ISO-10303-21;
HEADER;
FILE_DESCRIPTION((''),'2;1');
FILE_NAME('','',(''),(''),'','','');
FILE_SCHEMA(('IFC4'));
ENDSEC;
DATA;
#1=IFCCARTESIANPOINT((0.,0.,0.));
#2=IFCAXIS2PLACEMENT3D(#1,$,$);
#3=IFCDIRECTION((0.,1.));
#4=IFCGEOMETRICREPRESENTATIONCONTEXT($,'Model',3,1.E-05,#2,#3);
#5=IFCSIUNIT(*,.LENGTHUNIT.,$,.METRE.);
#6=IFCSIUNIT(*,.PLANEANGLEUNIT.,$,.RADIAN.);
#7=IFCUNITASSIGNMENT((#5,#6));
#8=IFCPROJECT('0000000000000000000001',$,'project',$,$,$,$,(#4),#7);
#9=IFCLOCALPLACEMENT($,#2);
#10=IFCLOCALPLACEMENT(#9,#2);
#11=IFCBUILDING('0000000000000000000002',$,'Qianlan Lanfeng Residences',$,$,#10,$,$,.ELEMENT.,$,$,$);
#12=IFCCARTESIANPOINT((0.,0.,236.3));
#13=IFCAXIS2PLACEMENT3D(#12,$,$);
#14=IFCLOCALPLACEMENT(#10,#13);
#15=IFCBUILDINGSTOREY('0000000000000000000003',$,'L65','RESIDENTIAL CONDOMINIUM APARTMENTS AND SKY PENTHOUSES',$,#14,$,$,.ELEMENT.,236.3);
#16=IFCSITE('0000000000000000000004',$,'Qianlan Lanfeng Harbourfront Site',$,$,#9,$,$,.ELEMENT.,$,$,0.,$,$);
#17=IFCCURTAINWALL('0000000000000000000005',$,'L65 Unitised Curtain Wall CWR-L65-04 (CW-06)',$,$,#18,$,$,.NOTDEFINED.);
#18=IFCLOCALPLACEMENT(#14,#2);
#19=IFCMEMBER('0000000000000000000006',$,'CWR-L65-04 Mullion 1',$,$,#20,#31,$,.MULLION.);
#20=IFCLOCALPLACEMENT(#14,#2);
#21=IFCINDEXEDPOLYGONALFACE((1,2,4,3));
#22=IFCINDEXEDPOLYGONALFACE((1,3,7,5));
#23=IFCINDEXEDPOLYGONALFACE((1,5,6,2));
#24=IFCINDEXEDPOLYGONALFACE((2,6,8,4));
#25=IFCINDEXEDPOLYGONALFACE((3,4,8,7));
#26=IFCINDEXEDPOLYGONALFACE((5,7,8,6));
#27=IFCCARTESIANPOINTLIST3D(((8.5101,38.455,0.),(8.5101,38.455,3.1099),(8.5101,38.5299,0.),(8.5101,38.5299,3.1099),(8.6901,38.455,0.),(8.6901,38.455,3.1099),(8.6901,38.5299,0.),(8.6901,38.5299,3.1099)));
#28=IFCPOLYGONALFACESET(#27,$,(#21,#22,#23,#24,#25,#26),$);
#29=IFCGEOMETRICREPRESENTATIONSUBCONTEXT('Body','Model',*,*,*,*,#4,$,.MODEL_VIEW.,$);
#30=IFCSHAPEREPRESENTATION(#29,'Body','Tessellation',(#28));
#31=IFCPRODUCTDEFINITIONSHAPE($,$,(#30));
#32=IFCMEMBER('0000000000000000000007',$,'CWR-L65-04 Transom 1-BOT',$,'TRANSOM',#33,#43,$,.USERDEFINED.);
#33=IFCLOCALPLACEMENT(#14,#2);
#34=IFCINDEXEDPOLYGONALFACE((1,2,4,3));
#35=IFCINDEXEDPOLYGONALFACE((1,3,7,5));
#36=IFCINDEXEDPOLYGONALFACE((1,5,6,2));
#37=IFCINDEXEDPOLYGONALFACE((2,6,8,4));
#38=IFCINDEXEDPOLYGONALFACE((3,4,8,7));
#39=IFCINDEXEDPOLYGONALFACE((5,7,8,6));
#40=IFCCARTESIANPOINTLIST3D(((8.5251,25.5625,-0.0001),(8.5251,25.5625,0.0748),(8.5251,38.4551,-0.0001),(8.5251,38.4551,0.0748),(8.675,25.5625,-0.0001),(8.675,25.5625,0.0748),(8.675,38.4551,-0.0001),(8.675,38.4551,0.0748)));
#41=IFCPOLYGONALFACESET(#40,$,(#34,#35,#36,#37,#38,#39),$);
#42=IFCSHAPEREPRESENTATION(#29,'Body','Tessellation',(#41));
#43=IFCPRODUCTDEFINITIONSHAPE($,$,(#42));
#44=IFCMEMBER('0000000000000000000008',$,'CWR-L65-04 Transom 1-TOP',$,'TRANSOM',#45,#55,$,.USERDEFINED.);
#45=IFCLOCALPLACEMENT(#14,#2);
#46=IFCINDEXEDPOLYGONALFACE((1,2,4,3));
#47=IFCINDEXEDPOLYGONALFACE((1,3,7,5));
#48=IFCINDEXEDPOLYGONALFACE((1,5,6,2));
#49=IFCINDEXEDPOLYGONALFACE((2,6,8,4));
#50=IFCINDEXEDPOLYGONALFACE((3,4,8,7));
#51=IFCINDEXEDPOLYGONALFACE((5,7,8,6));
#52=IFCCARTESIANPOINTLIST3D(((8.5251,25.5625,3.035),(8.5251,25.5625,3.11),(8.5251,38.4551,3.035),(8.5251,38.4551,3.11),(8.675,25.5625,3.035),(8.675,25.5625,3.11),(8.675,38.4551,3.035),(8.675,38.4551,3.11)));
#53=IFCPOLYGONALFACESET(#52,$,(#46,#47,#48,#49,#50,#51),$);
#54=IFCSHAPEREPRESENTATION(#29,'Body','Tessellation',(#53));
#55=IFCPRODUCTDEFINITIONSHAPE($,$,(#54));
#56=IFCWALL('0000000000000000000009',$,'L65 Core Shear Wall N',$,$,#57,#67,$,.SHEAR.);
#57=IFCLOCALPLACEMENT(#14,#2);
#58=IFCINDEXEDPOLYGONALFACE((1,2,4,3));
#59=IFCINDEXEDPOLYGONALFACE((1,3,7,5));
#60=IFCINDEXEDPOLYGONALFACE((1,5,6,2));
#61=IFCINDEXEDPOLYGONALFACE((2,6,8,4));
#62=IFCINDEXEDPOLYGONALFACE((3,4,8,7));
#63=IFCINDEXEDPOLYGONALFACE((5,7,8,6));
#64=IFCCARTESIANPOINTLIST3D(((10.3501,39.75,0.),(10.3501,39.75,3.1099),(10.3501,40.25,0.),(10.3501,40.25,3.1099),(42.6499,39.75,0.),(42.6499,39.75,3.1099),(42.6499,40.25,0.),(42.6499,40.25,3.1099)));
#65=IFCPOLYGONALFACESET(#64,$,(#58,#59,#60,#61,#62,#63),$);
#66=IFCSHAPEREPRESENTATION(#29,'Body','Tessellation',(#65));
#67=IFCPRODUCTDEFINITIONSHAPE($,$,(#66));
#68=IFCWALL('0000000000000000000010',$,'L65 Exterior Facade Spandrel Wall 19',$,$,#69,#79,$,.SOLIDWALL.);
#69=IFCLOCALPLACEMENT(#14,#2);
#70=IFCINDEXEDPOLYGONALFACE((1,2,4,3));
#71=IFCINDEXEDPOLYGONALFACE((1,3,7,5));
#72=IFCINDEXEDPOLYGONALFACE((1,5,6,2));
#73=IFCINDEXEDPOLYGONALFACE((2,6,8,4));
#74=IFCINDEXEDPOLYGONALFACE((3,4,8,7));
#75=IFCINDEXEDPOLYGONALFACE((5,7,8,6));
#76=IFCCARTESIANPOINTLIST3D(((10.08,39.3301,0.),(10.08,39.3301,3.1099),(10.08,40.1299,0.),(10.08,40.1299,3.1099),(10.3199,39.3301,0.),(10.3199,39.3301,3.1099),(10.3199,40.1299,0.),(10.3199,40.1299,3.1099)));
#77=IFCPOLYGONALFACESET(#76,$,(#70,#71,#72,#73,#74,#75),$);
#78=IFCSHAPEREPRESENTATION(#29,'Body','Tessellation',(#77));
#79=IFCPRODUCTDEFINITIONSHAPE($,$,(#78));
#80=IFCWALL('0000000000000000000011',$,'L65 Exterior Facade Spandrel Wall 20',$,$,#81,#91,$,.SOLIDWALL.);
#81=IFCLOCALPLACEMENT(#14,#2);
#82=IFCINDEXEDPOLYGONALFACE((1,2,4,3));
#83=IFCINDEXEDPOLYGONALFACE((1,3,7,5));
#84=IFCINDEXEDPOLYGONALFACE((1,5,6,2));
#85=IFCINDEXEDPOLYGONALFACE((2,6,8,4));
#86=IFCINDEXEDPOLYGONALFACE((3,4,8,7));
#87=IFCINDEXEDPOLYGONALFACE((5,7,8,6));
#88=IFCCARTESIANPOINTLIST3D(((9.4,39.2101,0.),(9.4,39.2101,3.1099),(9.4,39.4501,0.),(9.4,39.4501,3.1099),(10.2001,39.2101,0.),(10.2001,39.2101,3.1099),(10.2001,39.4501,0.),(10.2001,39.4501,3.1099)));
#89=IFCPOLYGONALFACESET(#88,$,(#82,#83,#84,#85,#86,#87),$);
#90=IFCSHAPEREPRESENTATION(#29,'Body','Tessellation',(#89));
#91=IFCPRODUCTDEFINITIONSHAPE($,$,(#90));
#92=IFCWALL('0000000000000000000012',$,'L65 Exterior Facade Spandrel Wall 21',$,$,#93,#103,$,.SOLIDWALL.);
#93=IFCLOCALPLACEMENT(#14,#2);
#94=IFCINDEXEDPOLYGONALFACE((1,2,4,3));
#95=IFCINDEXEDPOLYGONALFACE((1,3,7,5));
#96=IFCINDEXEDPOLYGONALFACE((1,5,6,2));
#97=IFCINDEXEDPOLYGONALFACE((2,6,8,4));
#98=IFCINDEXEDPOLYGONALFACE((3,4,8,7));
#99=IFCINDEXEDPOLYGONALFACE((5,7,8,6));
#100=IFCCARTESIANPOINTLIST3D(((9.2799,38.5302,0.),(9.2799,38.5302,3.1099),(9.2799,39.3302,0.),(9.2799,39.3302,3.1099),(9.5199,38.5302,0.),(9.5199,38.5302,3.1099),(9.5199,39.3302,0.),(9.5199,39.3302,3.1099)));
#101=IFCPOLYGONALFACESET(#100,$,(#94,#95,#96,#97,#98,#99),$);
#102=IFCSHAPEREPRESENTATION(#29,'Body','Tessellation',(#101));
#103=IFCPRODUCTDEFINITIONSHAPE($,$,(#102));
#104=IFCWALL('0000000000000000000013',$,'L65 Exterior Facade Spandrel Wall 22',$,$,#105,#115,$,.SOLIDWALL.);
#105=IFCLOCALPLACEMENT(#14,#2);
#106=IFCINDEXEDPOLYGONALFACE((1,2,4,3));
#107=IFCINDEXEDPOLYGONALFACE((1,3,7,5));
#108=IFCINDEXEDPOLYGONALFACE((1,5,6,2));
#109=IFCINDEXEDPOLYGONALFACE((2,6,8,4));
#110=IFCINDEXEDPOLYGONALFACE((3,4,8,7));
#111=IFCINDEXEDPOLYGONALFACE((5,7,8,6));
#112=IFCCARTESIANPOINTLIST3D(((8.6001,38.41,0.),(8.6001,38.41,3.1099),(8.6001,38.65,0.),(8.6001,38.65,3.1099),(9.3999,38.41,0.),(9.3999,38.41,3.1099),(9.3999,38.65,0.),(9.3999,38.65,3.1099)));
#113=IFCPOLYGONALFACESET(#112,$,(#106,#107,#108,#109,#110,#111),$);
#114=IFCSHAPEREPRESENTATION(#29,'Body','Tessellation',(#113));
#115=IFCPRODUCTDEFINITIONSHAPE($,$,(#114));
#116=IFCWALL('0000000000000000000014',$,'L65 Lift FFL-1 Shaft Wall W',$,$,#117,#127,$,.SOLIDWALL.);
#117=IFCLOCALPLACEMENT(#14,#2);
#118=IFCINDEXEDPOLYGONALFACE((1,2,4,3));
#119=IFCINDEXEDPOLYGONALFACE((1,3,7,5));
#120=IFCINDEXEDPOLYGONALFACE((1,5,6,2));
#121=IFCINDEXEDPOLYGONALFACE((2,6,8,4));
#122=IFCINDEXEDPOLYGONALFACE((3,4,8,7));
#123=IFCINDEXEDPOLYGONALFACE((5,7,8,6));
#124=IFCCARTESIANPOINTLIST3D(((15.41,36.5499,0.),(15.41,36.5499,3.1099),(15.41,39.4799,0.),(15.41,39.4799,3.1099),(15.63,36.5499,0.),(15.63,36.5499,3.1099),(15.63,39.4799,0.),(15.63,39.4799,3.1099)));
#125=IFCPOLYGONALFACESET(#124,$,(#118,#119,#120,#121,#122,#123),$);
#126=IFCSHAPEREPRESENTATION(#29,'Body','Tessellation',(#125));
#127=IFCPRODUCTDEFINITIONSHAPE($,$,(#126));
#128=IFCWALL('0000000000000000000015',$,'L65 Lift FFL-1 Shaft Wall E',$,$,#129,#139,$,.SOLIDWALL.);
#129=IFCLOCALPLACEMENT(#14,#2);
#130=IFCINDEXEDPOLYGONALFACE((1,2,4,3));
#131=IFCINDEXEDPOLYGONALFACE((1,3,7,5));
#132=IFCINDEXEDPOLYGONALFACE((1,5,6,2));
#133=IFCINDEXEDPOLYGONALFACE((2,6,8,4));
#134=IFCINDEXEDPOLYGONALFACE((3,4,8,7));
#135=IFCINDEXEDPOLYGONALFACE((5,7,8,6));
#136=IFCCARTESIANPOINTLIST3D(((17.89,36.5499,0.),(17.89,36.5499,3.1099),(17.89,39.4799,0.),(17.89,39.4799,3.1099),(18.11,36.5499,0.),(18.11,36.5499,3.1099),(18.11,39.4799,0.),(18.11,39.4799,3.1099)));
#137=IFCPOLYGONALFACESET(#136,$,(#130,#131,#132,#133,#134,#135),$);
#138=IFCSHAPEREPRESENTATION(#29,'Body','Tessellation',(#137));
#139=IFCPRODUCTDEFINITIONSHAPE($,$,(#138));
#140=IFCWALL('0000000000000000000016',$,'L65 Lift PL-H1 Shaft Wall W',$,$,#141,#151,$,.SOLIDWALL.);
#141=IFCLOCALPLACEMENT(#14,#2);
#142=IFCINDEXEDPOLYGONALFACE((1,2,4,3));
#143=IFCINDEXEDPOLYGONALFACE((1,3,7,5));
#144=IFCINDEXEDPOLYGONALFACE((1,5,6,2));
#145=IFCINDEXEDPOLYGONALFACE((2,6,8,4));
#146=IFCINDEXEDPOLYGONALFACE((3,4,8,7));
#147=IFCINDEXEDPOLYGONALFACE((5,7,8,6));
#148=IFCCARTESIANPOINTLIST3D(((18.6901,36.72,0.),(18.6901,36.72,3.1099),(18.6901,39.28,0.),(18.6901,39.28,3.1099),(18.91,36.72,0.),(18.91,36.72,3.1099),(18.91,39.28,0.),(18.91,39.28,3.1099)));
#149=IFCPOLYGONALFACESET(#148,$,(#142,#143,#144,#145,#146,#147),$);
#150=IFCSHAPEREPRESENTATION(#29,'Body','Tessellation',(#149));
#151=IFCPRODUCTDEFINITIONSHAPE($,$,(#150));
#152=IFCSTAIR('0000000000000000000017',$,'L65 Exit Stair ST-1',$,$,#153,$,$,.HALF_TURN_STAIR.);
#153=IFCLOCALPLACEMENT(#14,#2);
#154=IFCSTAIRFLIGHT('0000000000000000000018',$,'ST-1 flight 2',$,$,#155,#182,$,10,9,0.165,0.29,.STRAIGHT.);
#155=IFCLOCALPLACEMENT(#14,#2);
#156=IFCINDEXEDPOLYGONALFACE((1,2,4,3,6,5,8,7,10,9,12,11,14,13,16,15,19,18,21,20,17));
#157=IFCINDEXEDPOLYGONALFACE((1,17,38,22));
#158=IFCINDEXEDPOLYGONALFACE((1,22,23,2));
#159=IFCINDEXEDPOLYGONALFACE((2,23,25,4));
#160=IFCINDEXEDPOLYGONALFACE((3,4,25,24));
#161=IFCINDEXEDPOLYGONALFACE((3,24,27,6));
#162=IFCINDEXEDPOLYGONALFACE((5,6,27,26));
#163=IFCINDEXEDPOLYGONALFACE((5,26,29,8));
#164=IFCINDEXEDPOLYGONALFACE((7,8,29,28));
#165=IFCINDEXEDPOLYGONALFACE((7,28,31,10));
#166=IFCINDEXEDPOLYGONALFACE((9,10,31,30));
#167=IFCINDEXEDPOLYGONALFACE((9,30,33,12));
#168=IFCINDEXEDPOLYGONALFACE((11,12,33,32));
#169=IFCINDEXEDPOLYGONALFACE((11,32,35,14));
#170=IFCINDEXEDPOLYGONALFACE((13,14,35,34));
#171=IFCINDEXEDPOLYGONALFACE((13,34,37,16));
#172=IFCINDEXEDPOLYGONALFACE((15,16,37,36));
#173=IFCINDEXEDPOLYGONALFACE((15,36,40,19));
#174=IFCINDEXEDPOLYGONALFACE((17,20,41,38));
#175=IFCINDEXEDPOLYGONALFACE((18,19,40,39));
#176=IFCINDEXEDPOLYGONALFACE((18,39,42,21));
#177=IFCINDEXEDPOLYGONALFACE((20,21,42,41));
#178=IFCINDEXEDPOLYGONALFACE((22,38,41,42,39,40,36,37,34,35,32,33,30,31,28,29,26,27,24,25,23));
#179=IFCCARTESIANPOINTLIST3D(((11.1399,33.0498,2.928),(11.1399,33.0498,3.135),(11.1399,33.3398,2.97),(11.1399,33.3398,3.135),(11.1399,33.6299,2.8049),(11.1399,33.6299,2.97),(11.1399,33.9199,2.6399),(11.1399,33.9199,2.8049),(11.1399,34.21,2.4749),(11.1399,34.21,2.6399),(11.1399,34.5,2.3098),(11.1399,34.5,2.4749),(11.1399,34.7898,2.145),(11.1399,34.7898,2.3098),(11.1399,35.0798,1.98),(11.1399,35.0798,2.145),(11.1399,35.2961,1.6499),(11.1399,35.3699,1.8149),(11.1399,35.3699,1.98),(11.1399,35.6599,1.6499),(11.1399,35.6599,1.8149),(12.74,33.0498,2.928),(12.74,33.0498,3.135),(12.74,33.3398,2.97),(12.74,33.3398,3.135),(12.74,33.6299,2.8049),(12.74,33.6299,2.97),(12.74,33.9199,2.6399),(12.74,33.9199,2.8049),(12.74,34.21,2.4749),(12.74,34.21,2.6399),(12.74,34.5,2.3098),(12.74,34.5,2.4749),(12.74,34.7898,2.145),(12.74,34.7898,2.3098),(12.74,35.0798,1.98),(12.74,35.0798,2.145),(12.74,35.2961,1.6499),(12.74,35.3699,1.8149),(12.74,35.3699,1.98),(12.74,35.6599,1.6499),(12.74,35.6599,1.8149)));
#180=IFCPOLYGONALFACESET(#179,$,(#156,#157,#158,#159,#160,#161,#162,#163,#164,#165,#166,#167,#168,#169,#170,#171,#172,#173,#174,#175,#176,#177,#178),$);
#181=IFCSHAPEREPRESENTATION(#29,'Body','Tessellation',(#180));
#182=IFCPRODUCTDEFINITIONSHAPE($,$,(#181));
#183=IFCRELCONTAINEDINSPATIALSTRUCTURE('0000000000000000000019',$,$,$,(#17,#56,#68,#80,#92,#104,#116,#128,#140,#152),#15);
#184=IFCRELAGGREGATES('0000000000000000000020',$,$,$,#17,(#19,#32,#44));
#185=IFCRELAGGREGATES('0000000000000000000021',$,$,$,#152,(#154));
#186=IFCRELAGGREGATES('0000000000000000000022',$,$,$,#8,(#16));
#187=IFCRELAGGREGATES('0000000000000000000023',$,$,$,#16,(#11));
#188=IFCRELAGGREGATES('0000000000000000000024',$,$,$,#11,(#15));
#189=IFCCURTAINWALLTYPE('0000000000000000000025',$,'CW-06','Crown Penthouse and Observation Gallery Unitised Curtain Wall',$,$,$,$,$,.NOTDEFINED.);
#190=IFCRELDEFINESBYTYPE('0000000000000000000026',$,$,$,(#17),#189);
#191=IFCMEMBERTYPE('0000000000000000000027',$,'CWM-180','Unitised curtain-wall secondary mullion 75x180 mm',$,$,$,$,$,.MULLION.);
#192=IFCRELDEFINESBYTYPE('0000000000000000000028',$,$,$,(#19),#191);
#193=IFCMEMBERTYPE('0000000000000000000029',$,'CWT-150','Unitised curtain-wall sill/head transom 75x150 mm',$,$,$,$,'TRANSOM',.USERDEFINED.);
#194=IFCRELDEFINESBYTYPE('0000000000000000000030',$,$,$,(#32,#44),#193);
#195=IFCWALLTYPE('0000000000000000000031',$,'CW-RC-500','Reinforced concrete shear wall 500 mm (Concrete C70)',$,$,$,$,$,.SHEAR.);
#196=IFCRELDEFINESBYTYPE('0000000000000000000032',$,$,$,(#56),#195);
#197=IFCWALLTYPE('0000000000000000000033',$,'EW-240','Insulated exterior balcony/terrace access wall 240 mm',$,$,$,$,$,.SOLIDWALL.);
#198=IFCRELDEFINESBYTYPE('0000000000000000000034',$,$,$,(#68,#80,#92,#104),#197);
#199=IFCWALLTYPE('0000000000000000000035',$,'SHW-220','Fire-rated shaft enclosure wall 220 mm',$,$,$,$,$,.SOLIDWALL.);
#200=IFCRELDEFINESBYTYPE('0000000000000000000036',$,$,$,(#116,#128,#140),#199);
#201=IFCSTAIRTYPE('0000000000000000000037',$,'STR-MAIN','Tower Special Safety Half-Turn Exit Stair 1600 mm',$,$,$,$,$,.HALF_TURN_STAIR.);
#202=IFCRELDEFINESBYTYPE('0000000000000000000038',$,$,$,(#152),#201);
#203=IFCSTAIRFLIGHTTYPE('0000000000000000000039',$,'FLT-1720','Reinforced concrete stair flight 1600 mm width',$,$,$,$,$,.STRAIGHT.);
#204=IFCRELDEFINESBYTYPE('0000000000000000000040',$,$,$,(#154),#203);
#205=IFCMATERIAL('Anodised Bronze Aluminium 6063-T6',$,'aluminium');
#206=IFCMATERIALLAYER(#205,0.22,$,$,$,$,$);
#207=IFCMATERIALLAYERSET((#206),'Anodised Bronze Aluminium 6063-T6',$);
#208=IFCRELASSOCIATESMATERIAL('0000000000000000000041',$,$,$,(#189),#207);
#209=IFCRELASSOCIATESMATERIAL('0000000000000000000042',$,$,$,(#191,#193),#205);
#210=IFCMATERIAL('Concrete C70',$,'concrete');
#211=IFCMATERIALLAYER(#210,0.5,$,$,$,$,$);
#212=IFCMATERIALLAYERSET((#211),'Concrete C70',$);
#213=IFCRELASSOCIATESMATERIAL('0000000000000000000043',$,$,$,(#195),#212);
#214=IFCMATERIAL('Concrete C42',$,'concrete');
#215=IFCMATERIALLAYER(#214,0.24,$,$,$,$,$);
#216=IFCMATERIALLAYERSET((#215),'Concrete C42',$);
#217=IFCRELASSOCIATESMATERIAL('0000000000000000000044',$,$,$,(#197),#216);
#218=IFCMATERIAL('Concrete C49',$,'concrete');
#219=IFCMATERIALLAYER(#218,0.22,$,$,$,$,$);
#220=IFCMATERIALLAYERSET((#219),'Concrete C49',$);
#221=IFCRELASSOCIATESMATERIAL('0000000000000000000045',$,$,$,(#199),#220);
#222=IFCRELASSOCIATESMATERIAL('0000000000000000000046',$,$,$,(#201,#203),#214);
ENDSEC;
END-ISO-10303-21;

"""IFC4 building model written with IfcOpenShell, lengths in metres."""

from ifc_helpers import new_model, si_unit, direction, frame, frame_2d, origin, origin_2d, place, context, subcontext, project, spatial, polyline, rectangle, outline, extrude, source, transform, mapped, material, layer, layer_set, material_profile, profile_set, type_object, element, aggregate, save


model = new_model("IFC4")

# Units and contexts
model_context = context("Model", 3, precision=1e-05, world=origin(), true_north=direction((0.0, 1.0)))
body_context = subcontext(model_context, "Body", "Model", "MODEL_VIEW")
ifc_project = project(units=[si_unit("LENGTHUNIT", "METRE"), si_unit("PLANEANGLEUNIT", "RADIAN")], contexts=[model_context])

# Site, building, storey
site_placement = place(None, origin())
site = spatial("IfcSite", under=ifc_project, at=site_placement, Name="Qianlan Lanfeng Harbourfront Site", CompositionType="ELEMENT", RefElevation=0.0)
building_placement = place(site_placement, origin())
building = spatial("IfcBuilding", under=site, at=building_placement, Name="Qianlan Lanfeng Residences", CompositionType="ELEMENT")
storey_placement = place(building_placement, frame((0.0, 0.0, 236.3)))
storey = spatial("IfcBuildingStorey", under=building, at=storey_placement, Name="L65", Description="RESIDENTIAL CONDOMINIUM APARTMENTS AND SKY PENTHOUSES", CompositionType="ELEMENT", Elevation=236.3)

# Curtain wall, members
ifc_material_1 = material(Name="Anodised Bronze Aluminium 6063-T6", Category="aluminium")
ifc_layer_1 = layer(ifc_material_1, 0.22)
ifc_layer_set_1 = layer_set([ifc_layer_1], Name="Anodised Bronze Aluminium 6063-T6")
curtain_wall_type = type_object("IfcCurtainWallType", Name="CW-06", Description="Crown Penthouse and Observation Gallery Unitised Curtain Wall", PredefinedType="NOTDEFINED", material=ifc_layer_set_1)
curtain_wall_placement = place(storey_placement, origin())
curtain_wall = element("IfcCurtainWall", 1, at=curtain_wall_placement, inside=storey, type_object=curtain_wall_type, Name="L65 Unitised Curtain Wall CWR-L65-04 (CW-06)", PredefinedType="NOTDEFINED")
ifc_material_profile_1 = material_profile(ifc_material_1, rectangle(XDim=0.075, YDim=0.1799, at=origin_2d()), Name="ALU MULLION 75x180")
ifc_profile_set_1 = profile_set([ifc_material_profile_1], Name="Anodised Bronze Aluminium 6063-T6")
member_type_1 = type_object("IfcMemberType", Name="CWM-180", Description="Unitised curtain-wall secondary mullion 75x180 mm", PredefinedType="MULLION", material=ifc_profile_set_1)
shared_shape_1 = source(origin(), body_context, "Body", "SweptSolid", [
    extrude(rectangle(XDim=0.075, YDim=0.1799, at=origin_2d()), origin(), (0.0, 0.0, 1.0), 3.1099),
])
member_1_placement = place(storey_placement, frame((8.6001, 38.4924, 0.0), z_axis=(0.0, 0.0, 1.0), x_axis=(0.0, -1.0, 0.0)))
member_1 = element("IfcMember", 2, at=member_1_placement, type_object=member_type_1, Name="CWR-L65-04 Mullion 1", PredefinedType="MULLION", context=body_context, shape_type="MappedRepresentation", body=[
    mapped(shared_shape_1, transform((0.0, 0.0, 0.0), scale=1.0)),
])
ifc_material_profile_2 = material_profile(ifc_material_1, rectangle(XDim=0.075, YDim=0.1499, at=origin_2d()), Name="ALU TRANSOM 75x150")
ifc_profile_set_2 = profile_set([ifc_material_profile_2], Name="Anodised Bronze Aluminium 6063-T6")
member_type_2 = type_object("IfcMemberType", Name="CWT-150", Description="Unitised curtain-wall sill/head transom 75x150 mm", ElementType="TRANSOM", PredefinedType="USERDEFINED", material=ifc_profile_set_2)
shared_shape_2 = source(origin(), body_context, "Body", "SweptSolid", [
    extrude(rectangle(XDim=0.075, YDim=0.1499, at=origin_2d()), origin(), (0.0, 0.0, 1.0), 12.8926),
])
member_2_placement = place(storey_placement, frame((8.6001, 38.4551, 0.0374), z_axis=(0.0, -1.0, 0.0), x_axis=(0.0, 0.0, 1.0)))
member_2 = element("IfcMember", 3, at=member_2_placement, type_object=member_type_2, Name="CWR-L65-04 Transom 1-BOT", ObjectType="TRANSOM", PredefinedType="USERDEFINED", context=body_context, shape_type="MappedRepresentation", body=[
    mapped(shared_shape_2, transform((0.0, 0.0, 0.0), scale=1.0)),
])
member_3_placement = place(storey_placement, frame((8.6001, 38.4551, 3.0725), z_axis=(0.0, -1.0, 0.0), x_axis=(0.0, 0.0, 1.0)))
member_3 = element("IfcMember", 4, at=member_3_placement, type_object=member_type_2, Name="CWR-L65-04 Transom 1-TOP", ObjectType="TRANSOM", PredefinedType="USERDEFINED", context=body_context, shape_type="MappedRepresentation", body=[
    mapped(shared_shape_2, transform((0.0, 0.0, 0.0), scale=1.0)),
])
aggregate(curtain_wall, [member_1, member_2, member_3])

# Shared definitions
ifc_material_2 = material(Name="Concrete C49", Category="concrete")

# Walls
ifc_material_3 = material(Name="Concrete C70", Category="concrete")
ifc_layer_2 = layer(ifc_material_3, 0.5)
ifc_layer_set_2 = layer_set([ifc_layer_2], Name="Concrete C70")
wall_type_1 = type_object("IfcWallType", Name="CW-RC-500", Description="Reinforced concrete shear wall 500 mm (Concrete C70)", PredefinedType="SHEAR", material=ifc_layer_set_2)
wall_1_placement = place(storey_placement, frame((10.3501, 40.0, 0.0), z_axis=(0.0, 0.0, 1.0), x_axis=(1.0, 0.0, 0.0)))
element("IfcWall", 5, at=wall_1_placement, inside=storey, type_object=wall_type_1, Name="L65 Core Shear Wall N", PredefinedType="SHEAR", context=body_context, shape_type="SweptSolid", body=[
    extrude(rectangle(XDim=32.2998, YDim=0.5, at=frame_2d((16.1499, 0.0))), origin(), (0.0, 0.0, 1.0), 3.1099),
])
ifc_material_4 = material(Name="Concrete C42", Category="concrete")
ifc_layer_3 = layer(ifc_material_4, 0.24)
ifc_layer_set_3 = layer_set([ifc_layer_3], Name="Concrete C42")
wall_type_2 = type_object("IfcWallType", Name="EW-240", Description="Insulated exterior balcony/terrace access wall 240 mm", PredefinedType="SOLIDWALL", material=ifc_layer_set_3)
wall_2_placement = place(storey_placement, frame((10.2, 40.1299, 0.0), z_axis=(0.0, 0.0, 1.0), x_axis=(0.0, -1.0, 0.0)))
element("IfcWall", 6, at=wall_2_placement, inside=storey, type_object=wall_type_2, Name="L65 Exterior Facade Spandrel Wall 19", PredefinedType="SOLIDWALL", context=body_context, shape_type="SweptSolid", body=[
    extrude(rectangle(XDim=0.7998, YDim=0.24, at=frame_2d((0.3999, 0.0))), origin(), (0.0, 0.0, 1.0), 3.1099),
])
for number, where, z_axis, x_axis, name in (
    (7, (10.2, 39.3301, 0.0), (0.0, 0.0, 1.0), (-1.0, 0.0, 0.0), "L65 Exterior Facade Spandrel Wall 20"),
    (8, (9.3999, 39.3301, 0.0), (0.0, 0.0, 1.0), (0.0, -1.0, 0.0), "L65 Exterior Facade Spandrel Wall 21"),
):
    element("IfcWall", number, at=place(storey_placement, frame(where, z_axis=z_axis, x_axis=x_axis)), inside=storey, type_object=wall_type_2, Name=name, PredefinedType="SOLIDWALL", context=body_context, shape_type="SweptSolid", body=[
        extrude(rectangle(XDim=0.8, YDim=0.24, at=frame_2d((0.3999, 0.0))), origin(), (0.0, 0.0, 1.0), 3.1099),
    ])
wall_3_placement = place(storey_placement, frame((9.3999, 38.53, 0.0), z_axis=(0.0, 0.0, 1.0), x_axis=(-1.0, 0.0, 0.0)))
element("IfcWall", 9, at=wall_3_placement, inside=storey, type_object=wall_type_2, Name="L65 Exterior Facade Spandrel Wall 22", PredefinedType="SOLIDWALL", context=body_context, shape_type="SweptSolid", body=[
    extrude(rectangle(XDim=0.7998, YDim=0.24, at=frame_2d((0.3999, 0.0))), origin(), (0.0, 0.0, 1.0), 3.1099),
])
ifc_layer_4 = layer(ifc_material_2, 0.22)
ifc_layer_set_4 = layer_set([ifc_layer_4], Name="Concrete C49")
wall_type_3 = type_object("IfcWallType", Name="SHW-220", Description="Fire-rated shaft enclosure wall 220 mm", PredefinedType="SOLIDWALL", material=ifc_layer_set_4)
for number, where, z_axis, x_axis, name in (
    (10, (15.52, 36.55, 0.0), (0.0, 0.0, 1.0), (0.0, 1.0, 0.0), "L65 Lift FFL-1 Shaft Wall W"),
    (11, (18.0, 36.55, 0.0), (0.0, 0.0, 1.0), (0.0, 1.0, 0.0), "L65 Lift FFL-1 Shaft Wall E"),
):
    element("IfcWall", number, at=place(storey_placement, frame(where, z_axis=z_axis, x_axis=x_axis)), inside=storey, type_object=wall_type_3, Name=name, PredefinedType="SOLIDWALL", context=body_context, shape_type="SweptSolid", body=[
        extrude(rectangle(XDim=2.9299, YDim=0.22, at=frame_2d((1.4648, 0.0))), origin(), (0.0, 0.0, 1.0), 3.1099),
    ])
wall_4_placement = place(storey_placement, frame((18.8, 36.72, 0.0), z_axis=(0.0, 0.0, 1.0), x_axis=(0.0, 1.0, 0.0)))
element("IfcWall", 12, at=wall_4_placement, inside=storey, type_object=wall_type_3, Name="L65 Lift PL-H1 Shaft Wall W", PredefinedType="SOLIDWALL", context=body_context, shape_type="SweptSolid", body=[
    extrude(rectangle(XDim=2.5601, YDim=0.22, at=frame_2d((1.28, 0.0))), origin(), (0.0, 0.0, 1.0), 3.1099),
])

# Stair, stair flight
stair_type = type_object("IfcStairType", Name="STR-MAIN", Description="Tower Special Safety Half-Turn Exit Stair 1600 mm", PredefinedType="HALF_TURN_STAIR", material=ifc_material_4)
stair_placement = place(storey_placement, origin())
stair = element("IfcStair", 13, at=stair_placement, inside=storey, type_object=stair_type, Name="L65 Exit Stair ST-1", PredefinedType="HALF_TURN_STAIR")
stair_flight_type = type_object("IfcStairFlightType", Name="FLT-1720", Description="Reinforced concrete stair flight 1600 mm width", PredefinedType="STRAIGHT", material=ifc_material_4)
stair_flight_placement = place(storey_placement, frame((11.9399, 35.6599, 1.6499), z_axis=(0.0, 0.0, 1.0), x_axis=(0.0, -1.0, 0.0)))
stair_flight = element("IfcStairFlight", 14, at=stair_flight_placement, type_object=stair_flight_type, Name="ST-1 flight 2", NumberOfRisers=10, NumberOfTreads=9, PredefinedType="STRAIGHT", RiserHeight=0.165, TreadLength=0.29, context=body_context, shape_type="SweptSolid", body=[
    extrude(outline(polyline([(0.0, 0.0), (0.0, 0.165), (0.29, 0.165), (0.29, 0.3301), (0.5801, 0.3301), (0.5801, 0.4951), (0.8701, 0.4951), (0.8701, 0.6599), (1.1599, 0.6599), (1.1599, 0.825), (1.45, 0.825), (1.45, 0.99), (1.74, 0.99), (1.74, 1.155), (2.03, 1.155), (2.03, 1.3201), (2.3201, 1.3201), (2.3201, 1.4851), (2.6101, 1.4851), (2.6101, 1.6499), (2.6101, 1.2781), (0.3638, 0.0), (0.0, 0.0)])), frame((0.0, 0.8, 0.0), z_axis=(0.0, -1.0, 0.0), x_axis=(1.0, 0.0, 0.0)), (0.0, 0.0, 1.0), 1.6001),
])
aggregate(stair, [stair_flight])

save(model, "model.ifc")
